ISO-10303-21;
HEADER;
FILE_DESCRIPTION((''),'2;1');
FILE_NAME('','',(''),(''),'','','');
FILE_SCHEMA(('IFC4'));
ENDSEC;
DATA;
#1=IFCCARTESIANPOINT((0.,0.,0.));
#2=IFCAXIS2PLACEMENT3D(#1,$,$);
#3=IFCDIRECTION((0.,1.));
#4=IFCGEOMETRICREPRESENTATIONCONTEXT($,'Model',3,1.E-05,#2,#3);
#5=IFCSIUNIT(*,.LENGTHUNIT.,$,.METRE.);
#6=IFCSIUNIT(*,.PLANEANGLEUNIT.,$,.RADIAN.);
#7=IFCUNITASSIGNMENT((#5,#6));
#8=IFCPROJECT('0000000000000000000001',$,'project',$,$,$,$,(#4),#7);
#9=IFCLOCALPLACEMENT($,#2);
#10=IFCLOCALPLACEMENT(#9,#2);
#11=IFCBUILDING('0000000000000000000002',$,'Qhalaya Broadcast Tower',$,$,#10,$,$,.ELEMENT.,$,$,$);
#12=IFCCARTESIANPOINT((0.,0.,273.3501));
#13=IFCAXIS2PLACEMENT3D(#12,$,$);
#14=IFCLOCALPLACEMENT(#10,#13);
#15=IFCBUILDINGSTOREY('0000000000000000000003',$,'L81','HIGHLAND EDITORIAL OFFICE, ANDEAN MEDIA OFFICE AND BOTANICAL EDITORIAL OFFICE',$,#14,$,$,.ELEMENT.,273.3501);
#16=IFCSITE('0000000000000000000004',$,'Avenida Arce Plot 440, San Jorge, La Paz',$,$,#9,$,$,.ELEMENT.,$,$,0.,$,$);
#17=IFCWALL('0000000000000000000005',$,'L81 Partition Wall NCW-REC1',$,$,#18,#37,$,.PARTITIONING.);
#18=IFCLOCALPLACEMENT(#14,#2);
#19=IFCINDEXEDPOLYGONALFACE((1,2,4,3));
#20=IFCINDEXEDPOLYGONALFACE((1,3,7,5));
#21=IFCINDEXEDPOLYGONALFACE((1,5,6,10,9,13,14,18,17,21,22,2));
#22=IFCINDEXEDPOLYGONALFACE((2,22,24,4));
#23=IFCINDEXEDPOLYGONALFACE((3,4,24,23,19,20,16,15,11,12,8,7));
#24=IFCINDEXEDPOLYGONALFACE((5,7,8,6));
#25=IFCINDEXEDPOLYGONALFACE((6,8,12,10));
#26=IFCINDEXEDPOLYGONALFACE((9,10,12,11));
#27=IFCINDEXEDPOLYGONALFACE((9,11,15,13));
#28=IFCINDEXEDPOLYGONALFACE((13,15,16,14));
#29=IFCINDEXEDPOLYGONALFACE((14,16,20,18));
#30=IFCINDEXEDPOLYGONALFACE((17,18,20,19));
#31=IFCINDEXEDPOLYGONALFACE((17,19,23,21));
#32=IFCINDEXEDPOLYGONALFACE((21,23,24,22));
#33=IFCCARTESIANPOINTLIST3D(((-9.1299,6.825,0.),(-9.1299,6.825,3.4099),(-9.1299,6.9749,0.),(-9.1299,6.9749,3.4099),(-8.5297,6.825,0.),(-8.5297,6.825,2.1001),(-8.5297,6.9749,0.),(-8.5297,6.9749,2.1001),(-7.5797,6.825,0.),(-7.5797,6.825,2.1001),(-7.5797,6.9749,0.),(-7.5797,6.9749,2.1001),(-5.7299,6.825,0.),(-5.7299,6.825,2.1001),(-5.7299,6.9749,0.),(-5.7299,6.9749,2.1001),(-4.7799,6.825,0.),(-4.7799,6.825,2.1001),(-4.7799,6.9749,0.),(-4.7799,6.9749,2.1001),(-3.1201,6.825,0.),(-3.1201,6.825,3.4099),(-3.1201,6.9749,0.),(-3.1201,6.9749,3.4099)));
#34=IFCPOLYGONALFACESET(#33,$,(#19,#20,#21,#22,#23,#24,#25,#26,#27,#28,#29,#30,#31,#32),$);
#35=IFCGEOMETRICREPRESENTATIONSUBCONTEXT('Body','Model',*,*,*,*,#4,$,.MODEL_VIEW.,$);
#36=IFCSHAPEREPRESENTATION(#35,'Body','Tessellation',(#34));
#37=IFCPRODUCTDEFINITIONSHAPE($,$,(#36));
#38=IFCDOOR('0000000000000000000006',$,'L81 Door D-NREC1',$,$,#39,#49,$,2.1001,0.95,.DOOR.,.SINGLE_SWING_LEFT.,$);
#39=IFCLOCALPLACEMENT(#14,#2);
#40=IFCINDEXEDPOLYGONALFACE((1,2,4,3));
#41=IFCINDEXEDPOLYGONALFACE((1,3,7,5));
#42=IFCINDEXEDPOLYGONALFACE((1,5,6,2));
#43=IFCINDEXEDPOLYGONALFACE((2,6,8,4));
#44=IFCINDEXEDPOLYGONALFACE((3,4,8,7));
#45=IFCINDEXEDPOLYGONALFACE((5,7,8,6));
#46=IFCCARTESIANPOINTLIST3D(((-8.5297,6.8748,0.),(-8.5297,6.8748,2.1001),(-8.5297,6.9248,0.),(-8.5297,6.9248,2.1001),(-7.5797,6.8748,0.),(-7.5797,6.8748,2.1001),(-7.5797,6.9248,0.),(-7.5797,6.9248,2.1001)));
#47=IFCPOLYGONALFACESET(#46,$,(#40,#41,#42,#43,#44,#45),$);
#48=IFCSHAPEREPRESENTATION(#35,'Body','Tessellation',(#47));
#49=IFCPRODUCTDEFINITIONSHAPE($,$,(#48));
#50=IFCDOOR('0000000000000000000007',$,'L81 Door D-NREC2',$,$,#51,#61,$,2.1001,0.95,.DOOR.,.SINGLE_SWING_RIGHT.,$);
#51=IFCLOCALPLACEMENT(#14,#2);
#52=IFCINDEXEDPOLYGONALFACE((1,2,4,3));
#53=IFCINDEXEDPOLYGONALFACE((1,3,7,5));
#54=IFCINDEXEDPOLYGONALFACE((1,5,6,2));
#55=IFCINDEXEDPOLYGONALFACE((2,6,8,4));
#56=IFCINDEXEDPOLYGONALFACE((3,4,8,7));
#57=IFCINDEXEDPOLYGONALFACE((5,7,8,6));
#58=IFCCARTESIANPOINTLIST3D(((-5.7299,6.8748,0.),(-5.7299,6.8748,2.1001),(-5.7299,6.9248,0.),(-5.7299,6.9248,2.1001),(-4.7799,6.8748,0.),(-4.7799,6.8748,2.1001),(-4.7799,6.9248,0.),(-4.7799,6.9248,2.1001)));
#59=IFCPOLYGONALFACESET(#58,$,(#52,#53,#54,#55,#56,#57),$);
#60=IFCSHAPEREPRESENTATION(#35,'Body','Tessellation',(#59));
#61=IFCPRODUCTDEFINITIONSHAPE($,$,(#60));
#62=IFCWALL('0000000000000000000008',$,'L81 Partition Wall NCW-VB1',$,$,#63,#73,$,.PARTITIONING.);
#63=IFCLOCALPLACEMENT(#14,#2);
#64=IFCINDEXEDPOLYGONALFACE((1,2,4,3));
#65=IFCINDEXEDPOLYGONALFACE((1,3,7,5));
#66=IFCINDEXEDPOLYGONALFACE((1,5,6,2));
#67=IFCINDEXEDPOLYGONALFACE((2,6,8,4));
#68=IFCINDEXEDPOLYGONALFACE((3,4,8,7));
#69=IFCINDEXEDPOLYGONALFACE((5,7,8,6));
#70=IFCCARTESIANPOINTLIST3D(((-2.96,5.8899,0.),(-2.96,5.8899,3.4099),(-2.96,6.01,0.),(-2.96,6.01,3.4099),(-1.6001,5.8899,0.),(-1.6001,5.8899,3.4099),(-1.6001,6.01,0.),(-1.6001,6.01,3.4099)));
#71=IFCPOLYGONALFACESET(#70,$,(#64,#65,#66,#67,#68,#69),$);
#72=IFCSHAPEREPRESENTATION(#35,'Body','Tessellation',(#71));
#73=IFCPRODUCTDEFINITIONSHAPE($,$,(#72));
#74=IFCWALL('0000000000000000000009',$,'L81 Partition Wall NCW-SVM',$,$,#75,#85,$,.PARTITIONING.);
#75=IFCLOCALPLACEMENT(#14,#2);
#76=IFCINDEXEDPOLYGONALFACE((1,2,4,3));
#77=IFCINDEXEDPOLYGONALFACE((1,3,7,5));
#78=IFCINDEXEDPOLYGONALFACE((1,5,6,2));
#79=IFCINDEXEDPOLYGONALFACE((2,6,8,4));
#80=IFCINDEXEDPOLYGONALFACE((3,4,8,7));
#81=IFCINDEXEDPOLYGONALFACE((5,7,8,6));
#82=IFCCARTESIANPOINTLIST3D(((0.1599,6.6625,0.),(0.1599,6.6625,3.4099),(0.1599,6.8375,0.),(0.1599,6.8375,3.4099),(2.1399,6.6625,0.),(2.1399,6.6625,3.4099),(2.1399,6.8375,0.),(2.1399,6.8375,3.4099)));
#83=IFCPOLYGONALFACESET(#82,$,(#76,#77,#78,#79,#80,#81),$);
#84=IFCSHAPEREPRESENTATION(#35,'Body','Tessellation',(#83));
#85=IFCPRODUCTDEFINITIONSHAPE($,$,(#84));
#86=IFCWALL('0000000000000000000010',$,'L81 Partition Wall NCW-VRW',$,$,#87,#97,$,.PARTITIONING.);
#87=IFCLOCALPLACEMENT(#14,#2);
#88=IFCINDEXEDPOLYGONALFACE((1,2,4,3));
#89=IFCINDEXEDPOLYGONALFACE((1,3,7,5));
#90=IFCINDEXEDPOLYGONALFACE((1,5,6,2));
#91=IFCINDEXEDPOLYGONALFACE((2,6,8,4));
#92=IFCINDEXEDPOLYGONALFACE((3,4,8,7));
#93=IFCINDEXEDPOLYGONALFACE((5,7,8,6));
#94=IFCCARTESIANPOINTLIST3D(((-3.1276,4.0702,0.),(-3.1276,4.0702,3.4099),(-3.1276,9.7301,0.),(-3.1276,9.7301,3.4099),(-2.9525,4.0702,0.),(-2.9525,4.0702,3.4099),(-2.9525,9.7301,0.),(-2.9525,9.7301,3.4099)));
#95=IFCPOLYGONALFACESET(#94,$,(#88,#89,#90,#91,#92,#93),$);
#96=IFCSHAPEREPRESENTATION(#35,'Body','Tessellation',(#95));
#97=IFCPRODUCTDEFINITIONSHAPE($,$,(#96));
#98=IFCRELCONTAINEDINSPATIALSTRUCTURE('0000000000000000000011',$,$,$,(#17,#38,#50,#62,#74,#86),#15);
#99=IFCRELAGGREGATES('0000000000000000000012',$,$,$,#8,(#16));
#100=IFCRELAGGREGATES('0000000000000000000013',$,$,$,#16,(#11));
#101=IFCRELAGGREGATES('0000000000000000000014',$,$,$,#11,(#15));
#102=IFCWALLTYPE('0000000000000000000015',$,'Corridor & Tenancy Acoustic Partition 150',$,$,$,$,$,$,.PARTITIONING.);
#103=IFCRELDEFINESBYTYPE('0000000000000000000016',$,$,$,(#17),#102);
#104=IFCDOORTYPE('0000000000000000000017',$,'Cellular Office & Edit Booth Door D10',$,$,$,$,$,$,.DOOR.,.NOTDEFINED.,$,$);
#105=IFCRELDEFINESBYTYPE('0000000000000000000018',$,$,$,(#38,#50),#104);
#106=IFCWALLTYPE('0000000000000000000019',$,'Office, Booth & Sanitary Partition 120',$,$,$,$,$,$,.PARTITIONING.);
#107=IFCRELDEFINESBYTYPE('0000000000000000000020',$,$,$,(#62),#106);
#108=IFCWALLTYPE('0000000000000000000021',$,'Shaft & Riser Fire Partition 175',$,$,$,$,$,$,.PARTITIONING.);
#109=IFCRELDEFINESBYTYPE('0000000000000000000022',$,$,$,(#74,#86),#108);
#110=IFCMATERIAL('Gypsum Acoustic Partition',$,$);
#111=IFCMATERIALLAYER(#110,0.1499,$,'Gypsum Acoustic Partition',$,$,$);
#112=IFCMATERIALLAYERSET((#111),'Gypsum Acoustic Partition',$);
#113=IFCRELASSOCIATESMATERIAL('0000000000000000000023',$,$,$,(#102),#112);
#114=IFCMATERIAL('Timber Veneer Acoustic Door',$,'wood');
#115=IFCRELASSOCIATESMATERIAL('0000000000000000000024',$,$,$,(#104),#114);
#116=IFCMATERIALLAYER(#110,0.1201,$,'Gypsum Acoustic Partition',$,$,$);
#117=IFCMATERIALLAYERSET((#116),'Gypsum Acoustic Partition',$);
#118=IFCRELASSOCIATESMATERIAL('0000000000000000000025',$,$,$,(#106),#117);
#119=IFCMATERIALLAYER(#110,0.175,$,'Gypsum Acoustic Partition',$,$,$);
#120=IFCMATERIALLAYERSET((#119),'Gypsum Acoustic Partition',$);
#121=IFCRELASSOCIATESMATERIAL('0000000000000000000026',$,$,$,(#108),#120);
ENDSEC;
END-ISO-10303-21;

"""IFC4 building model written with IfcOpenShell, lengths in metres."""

from ifc_helpers import new_model, si_unit, direction, frame, frame_2d, origin, place, context, subcontext, project, spatial, rectangle, extrude, material, layer, layer_set, type_object, element, fill, save


model = new_model("IFC4")

# Units and contexts
model_context = context("Model", 3, precision=1e-05, world=origin(), true_north=direction((0.0, 1.0)))
body_context = subcontext(model_context, "Body", "Model", "MODEL_VIEW")
ifc_project = project(units=[si_unit("LENGTHUNIT", "METRE"), si_unit("PLANEANGLEUNIT", "RADIAN")], contexts=[model_context])

# Site, building, storey
site_placement = place(None, origin())
site = spatial("IfcSite", under=ifc_project, at=site_placement, Name="Avenida Arce Plot 440, San Jorge, La Paz", CompositionType="ELEMENT", RefElevation=0.0)
building_placement = place(site_placement, origin())
building = spatial("IfcBuilding", under=site, at=building_placement, Name="Qhalaya Broadcast Tower", CompositionType="ELEMENT")
storey_placement = place(building_placement, frame((0.0, 0.0, 273.3501)))
storey = spatial("IfcBuildingStorey", under=building, at=storey_placement, Name="L81", Description="HIGHLAND EDITORIAL OFFICE, ANDEAN MEDIA OFFICE AND BOTANICAL EDITORIAL OFFICE", CompositionType="ELEMENT", Elevation=273.3501)

# Wall, openings, doors
ifc_material_1 = material(Name="Gypsum Acoustic Partition")
ifc_layer_1 = layer(ifc_material_1, 0.1499, Name="Gypsum Acoustic Partition")
ifc_layer_set_1 = layer_set([ifc_layer_1], Name="Gypsum Acoustic Partition")
wall_type_1 = type_object("IfcWallType", Name="Corridor & Tenancy Acoustic Partition 150", PredefinedType="PARTITIONING", material=ifc_layer_set_1)
ifc_material_2 = material(Name="Timber Veneer Acoustic Door", Category="wood")
wall_1_placement = place(storey_placement, frame((-9.1299, 6.8999, 0.0), z_axis=(0.0, 0.0, 1.0), x_axis=(1.0, 0.0, 0.0)))
wall_1 = element("IfcWall", 1, at=wall_1_placement, inside=storey, type_object=wall_type_1, Name="L81 Partition Wall NCW-REC1", PredefinedType="PARTITIONING", context=body_context, shape_type="SweptSolid", body=[
    extrude(rectangle(XDim=6.0098, YDim=0.1499, at=frame_2d((3.0049, 0.0))), origin(), (0.0, 0.0, 1.0), 3.4099),
])
opening_1_placement = place(wall_1_placement, frame((0.6001, 0.0, 0.0)))
opening_1 = element("IfcOpeningElement", 2, at=opening_1_placement, cuts=wall_1, PredefinedType="OPENING", context=body_context, shape_type="SweptSolid", body=[
    extrude(rectangle(XDim=0.95, YDim=2.1001, at=frame_2d((0.4751, 1.05))), frame((0.0, 0.0869, 0.0), z_axis=(0.0, -1.0, 0.0), x_axis=(1.0, 0.0, 0.0)), (0.0, 0.0, 1.0), 0.1738),
])
opening_2_placement = place(wall_1_placement, frame((3.3999, 0.0, 0.0)))
opening_2 = element("IfcOpeningElement", 3, at=opening_2_placement, cuts=wall_1, PredefinedType="OPENING", context=body_context, shape_type="SweptSolid", body=[
    extrude(rectangle(XDim=0.95, YDim=2.1001, at=frame_2d((0.4751, 1.05))), frame((0.0, 0.0869, 0.0), z_axis=(0.0, -1.0, 0.0), x_axis=(1.0, 0.0, 0.0)), (0.0, 0.0, 1.0), 0.1738),
])
door_type_1 = type_object("IfcDoorType", Name="Cellular Office & Edit Booth Door D10", OperationType="NOTDEFINED", PredefinedType="DOOR", material=ifc_material_2)
door_1_placement = place(opening_1_placement, origin())
door_1 = element("IfcDoor", 4, at=door_1_placement, inside=storey, type_object=door_type_1, Name="L81 Door D-NREC1", OperationType="SINGLE_SWING_LEFT", OverallHeight=2.1001, OverallWidth=0.95, PredefinedType="DOOR", context=body_context, shape_type="SweptSolid", body=[
    extrude(rectangle(XDim=0.95, YDim=2.1001, at=frame_2d((0.4751, 1.05))), frame((0.0, 0.0249, 0.0), z_axis=(0.0, -1.0, 0.0), x_axis=(1.0, 0.0, 0.0)), (0.0, 0.0, 1.0), 0.05),
])
fill(opening_1, door_1)
door_2_placement = place(opening_2_placement, origin())
door_2 = element("IfcDoor", 5, at=door_2_placement, inside=storey, type_object=door_type_1, Name="L81 Door D-NREC2", OperationType="SINGLE_SWING_RIGHT", OverallHeight=2.1001, OverallWidth=0.95, PredefinedType="DOOR", context=body_context, shape_type="SweptSolid", body=[
    extrude(rectangle(XDim=0.95, YDim=2.1001, at=frame_2d((0.4751, 1.05))), frame((0.0, 0.0249, 0.0), z_axis=(0.0, -1.0, 0.0), x_axis=(1.0, 0.0, 0.0)), (0.0, 0.0, 1.0), 0.05),
])
fill(opening_2, door_2)

# Wall
ifc_layer_2 = layer(ifc_material_1, 0.1201, Name="Gypsum Acoustic Partition")
ifc_layer_set_2 = layer_set([ifc_layer_2], Name="Gypsum Acoustic Partition")
wall_type_2 = type_object("IfcWallType", Name="Office, Booth & Sanitary Partition 120", PredefinedType="PARTITIONING", material=ifc_layer_set_2)
wall_2_placement = place(storey_placement, frame((-2.96, 5.95, 0.0), z_axis=(0.0, 0.0, 1.0), x_axis=(1.0, 0.0, 0.0)))
element("IfcWall", 6, at=wall_2_placement, inside=storey, type_object=wall_type_2, Name="L81 Partition Wall NCW-VB1", PredefinedType="PARTITIONING", context=body_context, shape_type="SweptSolid", body=[
    extrude(rectangle(XDim=1.3599, YDim=0.1201, at=frame_2d((0.6799, 0.0))), origin(), (0.0, 0.0, 1.0), 3.4099),
])

# Shared definitions
ifc_layer_3 = layer(ifc_material_1, 0.175, Name="Gypsum Acoustic Partition")
ifc_layer_set_3 = layer_set([ifc_layer_3], Name="Gypsum Acoustic Partition")
wall_type_3 = type_object("IfcWallType", Name="Shaft & Riser Fire Partition 175", PredefinedType="PARTITIONING", material=ifc_layer_set_3)

# Walls
wall_3_placement = place(storey_placement, frame((0.1599, 6.75, 0.0), z_axis=(0.0, 0.0, 1.0), x_axis=(1.0, 0.0, 0.0)))
element("IfcWall", 7, at=wall_3_placement, inside=storey, type_object=wall_type_3, Name="L81 Partition Wall NCW-SVM", PredefinedType="PARTITIONING", context=body_context, shape_type="SweptSolid", body=[
    extrude(rectangle(XDim=1.98, YDim=0.175, at=frame_2d((0.99, 0.0))), origin(), (0.0, 0.0, 1.0), 3.4099),
])
wall_4_placement = place(storey_placement, frame((-3.04, 4.0701, 0.0), z_axis=(0.0, 0.0, 1.0), x_axis=(0.0, 1.0, 0.0)))
element("IfcWall", 8, at=wall_4_placement, inside=storey, type_object=wall_type_3, Name="L81 Partition Wall NCW-VRW", PredefinedType="PARTITIONING", context=body_context, shape_type="SweptSolid", body=[
    extrude(rectangle(XDim=5.6599, YDim=0.175, at=frame_2d((2.8301, 0.0))), origin(), (0.0, 0.0, 1.0), 3.4099),
])

save(model, "model.ifc")
